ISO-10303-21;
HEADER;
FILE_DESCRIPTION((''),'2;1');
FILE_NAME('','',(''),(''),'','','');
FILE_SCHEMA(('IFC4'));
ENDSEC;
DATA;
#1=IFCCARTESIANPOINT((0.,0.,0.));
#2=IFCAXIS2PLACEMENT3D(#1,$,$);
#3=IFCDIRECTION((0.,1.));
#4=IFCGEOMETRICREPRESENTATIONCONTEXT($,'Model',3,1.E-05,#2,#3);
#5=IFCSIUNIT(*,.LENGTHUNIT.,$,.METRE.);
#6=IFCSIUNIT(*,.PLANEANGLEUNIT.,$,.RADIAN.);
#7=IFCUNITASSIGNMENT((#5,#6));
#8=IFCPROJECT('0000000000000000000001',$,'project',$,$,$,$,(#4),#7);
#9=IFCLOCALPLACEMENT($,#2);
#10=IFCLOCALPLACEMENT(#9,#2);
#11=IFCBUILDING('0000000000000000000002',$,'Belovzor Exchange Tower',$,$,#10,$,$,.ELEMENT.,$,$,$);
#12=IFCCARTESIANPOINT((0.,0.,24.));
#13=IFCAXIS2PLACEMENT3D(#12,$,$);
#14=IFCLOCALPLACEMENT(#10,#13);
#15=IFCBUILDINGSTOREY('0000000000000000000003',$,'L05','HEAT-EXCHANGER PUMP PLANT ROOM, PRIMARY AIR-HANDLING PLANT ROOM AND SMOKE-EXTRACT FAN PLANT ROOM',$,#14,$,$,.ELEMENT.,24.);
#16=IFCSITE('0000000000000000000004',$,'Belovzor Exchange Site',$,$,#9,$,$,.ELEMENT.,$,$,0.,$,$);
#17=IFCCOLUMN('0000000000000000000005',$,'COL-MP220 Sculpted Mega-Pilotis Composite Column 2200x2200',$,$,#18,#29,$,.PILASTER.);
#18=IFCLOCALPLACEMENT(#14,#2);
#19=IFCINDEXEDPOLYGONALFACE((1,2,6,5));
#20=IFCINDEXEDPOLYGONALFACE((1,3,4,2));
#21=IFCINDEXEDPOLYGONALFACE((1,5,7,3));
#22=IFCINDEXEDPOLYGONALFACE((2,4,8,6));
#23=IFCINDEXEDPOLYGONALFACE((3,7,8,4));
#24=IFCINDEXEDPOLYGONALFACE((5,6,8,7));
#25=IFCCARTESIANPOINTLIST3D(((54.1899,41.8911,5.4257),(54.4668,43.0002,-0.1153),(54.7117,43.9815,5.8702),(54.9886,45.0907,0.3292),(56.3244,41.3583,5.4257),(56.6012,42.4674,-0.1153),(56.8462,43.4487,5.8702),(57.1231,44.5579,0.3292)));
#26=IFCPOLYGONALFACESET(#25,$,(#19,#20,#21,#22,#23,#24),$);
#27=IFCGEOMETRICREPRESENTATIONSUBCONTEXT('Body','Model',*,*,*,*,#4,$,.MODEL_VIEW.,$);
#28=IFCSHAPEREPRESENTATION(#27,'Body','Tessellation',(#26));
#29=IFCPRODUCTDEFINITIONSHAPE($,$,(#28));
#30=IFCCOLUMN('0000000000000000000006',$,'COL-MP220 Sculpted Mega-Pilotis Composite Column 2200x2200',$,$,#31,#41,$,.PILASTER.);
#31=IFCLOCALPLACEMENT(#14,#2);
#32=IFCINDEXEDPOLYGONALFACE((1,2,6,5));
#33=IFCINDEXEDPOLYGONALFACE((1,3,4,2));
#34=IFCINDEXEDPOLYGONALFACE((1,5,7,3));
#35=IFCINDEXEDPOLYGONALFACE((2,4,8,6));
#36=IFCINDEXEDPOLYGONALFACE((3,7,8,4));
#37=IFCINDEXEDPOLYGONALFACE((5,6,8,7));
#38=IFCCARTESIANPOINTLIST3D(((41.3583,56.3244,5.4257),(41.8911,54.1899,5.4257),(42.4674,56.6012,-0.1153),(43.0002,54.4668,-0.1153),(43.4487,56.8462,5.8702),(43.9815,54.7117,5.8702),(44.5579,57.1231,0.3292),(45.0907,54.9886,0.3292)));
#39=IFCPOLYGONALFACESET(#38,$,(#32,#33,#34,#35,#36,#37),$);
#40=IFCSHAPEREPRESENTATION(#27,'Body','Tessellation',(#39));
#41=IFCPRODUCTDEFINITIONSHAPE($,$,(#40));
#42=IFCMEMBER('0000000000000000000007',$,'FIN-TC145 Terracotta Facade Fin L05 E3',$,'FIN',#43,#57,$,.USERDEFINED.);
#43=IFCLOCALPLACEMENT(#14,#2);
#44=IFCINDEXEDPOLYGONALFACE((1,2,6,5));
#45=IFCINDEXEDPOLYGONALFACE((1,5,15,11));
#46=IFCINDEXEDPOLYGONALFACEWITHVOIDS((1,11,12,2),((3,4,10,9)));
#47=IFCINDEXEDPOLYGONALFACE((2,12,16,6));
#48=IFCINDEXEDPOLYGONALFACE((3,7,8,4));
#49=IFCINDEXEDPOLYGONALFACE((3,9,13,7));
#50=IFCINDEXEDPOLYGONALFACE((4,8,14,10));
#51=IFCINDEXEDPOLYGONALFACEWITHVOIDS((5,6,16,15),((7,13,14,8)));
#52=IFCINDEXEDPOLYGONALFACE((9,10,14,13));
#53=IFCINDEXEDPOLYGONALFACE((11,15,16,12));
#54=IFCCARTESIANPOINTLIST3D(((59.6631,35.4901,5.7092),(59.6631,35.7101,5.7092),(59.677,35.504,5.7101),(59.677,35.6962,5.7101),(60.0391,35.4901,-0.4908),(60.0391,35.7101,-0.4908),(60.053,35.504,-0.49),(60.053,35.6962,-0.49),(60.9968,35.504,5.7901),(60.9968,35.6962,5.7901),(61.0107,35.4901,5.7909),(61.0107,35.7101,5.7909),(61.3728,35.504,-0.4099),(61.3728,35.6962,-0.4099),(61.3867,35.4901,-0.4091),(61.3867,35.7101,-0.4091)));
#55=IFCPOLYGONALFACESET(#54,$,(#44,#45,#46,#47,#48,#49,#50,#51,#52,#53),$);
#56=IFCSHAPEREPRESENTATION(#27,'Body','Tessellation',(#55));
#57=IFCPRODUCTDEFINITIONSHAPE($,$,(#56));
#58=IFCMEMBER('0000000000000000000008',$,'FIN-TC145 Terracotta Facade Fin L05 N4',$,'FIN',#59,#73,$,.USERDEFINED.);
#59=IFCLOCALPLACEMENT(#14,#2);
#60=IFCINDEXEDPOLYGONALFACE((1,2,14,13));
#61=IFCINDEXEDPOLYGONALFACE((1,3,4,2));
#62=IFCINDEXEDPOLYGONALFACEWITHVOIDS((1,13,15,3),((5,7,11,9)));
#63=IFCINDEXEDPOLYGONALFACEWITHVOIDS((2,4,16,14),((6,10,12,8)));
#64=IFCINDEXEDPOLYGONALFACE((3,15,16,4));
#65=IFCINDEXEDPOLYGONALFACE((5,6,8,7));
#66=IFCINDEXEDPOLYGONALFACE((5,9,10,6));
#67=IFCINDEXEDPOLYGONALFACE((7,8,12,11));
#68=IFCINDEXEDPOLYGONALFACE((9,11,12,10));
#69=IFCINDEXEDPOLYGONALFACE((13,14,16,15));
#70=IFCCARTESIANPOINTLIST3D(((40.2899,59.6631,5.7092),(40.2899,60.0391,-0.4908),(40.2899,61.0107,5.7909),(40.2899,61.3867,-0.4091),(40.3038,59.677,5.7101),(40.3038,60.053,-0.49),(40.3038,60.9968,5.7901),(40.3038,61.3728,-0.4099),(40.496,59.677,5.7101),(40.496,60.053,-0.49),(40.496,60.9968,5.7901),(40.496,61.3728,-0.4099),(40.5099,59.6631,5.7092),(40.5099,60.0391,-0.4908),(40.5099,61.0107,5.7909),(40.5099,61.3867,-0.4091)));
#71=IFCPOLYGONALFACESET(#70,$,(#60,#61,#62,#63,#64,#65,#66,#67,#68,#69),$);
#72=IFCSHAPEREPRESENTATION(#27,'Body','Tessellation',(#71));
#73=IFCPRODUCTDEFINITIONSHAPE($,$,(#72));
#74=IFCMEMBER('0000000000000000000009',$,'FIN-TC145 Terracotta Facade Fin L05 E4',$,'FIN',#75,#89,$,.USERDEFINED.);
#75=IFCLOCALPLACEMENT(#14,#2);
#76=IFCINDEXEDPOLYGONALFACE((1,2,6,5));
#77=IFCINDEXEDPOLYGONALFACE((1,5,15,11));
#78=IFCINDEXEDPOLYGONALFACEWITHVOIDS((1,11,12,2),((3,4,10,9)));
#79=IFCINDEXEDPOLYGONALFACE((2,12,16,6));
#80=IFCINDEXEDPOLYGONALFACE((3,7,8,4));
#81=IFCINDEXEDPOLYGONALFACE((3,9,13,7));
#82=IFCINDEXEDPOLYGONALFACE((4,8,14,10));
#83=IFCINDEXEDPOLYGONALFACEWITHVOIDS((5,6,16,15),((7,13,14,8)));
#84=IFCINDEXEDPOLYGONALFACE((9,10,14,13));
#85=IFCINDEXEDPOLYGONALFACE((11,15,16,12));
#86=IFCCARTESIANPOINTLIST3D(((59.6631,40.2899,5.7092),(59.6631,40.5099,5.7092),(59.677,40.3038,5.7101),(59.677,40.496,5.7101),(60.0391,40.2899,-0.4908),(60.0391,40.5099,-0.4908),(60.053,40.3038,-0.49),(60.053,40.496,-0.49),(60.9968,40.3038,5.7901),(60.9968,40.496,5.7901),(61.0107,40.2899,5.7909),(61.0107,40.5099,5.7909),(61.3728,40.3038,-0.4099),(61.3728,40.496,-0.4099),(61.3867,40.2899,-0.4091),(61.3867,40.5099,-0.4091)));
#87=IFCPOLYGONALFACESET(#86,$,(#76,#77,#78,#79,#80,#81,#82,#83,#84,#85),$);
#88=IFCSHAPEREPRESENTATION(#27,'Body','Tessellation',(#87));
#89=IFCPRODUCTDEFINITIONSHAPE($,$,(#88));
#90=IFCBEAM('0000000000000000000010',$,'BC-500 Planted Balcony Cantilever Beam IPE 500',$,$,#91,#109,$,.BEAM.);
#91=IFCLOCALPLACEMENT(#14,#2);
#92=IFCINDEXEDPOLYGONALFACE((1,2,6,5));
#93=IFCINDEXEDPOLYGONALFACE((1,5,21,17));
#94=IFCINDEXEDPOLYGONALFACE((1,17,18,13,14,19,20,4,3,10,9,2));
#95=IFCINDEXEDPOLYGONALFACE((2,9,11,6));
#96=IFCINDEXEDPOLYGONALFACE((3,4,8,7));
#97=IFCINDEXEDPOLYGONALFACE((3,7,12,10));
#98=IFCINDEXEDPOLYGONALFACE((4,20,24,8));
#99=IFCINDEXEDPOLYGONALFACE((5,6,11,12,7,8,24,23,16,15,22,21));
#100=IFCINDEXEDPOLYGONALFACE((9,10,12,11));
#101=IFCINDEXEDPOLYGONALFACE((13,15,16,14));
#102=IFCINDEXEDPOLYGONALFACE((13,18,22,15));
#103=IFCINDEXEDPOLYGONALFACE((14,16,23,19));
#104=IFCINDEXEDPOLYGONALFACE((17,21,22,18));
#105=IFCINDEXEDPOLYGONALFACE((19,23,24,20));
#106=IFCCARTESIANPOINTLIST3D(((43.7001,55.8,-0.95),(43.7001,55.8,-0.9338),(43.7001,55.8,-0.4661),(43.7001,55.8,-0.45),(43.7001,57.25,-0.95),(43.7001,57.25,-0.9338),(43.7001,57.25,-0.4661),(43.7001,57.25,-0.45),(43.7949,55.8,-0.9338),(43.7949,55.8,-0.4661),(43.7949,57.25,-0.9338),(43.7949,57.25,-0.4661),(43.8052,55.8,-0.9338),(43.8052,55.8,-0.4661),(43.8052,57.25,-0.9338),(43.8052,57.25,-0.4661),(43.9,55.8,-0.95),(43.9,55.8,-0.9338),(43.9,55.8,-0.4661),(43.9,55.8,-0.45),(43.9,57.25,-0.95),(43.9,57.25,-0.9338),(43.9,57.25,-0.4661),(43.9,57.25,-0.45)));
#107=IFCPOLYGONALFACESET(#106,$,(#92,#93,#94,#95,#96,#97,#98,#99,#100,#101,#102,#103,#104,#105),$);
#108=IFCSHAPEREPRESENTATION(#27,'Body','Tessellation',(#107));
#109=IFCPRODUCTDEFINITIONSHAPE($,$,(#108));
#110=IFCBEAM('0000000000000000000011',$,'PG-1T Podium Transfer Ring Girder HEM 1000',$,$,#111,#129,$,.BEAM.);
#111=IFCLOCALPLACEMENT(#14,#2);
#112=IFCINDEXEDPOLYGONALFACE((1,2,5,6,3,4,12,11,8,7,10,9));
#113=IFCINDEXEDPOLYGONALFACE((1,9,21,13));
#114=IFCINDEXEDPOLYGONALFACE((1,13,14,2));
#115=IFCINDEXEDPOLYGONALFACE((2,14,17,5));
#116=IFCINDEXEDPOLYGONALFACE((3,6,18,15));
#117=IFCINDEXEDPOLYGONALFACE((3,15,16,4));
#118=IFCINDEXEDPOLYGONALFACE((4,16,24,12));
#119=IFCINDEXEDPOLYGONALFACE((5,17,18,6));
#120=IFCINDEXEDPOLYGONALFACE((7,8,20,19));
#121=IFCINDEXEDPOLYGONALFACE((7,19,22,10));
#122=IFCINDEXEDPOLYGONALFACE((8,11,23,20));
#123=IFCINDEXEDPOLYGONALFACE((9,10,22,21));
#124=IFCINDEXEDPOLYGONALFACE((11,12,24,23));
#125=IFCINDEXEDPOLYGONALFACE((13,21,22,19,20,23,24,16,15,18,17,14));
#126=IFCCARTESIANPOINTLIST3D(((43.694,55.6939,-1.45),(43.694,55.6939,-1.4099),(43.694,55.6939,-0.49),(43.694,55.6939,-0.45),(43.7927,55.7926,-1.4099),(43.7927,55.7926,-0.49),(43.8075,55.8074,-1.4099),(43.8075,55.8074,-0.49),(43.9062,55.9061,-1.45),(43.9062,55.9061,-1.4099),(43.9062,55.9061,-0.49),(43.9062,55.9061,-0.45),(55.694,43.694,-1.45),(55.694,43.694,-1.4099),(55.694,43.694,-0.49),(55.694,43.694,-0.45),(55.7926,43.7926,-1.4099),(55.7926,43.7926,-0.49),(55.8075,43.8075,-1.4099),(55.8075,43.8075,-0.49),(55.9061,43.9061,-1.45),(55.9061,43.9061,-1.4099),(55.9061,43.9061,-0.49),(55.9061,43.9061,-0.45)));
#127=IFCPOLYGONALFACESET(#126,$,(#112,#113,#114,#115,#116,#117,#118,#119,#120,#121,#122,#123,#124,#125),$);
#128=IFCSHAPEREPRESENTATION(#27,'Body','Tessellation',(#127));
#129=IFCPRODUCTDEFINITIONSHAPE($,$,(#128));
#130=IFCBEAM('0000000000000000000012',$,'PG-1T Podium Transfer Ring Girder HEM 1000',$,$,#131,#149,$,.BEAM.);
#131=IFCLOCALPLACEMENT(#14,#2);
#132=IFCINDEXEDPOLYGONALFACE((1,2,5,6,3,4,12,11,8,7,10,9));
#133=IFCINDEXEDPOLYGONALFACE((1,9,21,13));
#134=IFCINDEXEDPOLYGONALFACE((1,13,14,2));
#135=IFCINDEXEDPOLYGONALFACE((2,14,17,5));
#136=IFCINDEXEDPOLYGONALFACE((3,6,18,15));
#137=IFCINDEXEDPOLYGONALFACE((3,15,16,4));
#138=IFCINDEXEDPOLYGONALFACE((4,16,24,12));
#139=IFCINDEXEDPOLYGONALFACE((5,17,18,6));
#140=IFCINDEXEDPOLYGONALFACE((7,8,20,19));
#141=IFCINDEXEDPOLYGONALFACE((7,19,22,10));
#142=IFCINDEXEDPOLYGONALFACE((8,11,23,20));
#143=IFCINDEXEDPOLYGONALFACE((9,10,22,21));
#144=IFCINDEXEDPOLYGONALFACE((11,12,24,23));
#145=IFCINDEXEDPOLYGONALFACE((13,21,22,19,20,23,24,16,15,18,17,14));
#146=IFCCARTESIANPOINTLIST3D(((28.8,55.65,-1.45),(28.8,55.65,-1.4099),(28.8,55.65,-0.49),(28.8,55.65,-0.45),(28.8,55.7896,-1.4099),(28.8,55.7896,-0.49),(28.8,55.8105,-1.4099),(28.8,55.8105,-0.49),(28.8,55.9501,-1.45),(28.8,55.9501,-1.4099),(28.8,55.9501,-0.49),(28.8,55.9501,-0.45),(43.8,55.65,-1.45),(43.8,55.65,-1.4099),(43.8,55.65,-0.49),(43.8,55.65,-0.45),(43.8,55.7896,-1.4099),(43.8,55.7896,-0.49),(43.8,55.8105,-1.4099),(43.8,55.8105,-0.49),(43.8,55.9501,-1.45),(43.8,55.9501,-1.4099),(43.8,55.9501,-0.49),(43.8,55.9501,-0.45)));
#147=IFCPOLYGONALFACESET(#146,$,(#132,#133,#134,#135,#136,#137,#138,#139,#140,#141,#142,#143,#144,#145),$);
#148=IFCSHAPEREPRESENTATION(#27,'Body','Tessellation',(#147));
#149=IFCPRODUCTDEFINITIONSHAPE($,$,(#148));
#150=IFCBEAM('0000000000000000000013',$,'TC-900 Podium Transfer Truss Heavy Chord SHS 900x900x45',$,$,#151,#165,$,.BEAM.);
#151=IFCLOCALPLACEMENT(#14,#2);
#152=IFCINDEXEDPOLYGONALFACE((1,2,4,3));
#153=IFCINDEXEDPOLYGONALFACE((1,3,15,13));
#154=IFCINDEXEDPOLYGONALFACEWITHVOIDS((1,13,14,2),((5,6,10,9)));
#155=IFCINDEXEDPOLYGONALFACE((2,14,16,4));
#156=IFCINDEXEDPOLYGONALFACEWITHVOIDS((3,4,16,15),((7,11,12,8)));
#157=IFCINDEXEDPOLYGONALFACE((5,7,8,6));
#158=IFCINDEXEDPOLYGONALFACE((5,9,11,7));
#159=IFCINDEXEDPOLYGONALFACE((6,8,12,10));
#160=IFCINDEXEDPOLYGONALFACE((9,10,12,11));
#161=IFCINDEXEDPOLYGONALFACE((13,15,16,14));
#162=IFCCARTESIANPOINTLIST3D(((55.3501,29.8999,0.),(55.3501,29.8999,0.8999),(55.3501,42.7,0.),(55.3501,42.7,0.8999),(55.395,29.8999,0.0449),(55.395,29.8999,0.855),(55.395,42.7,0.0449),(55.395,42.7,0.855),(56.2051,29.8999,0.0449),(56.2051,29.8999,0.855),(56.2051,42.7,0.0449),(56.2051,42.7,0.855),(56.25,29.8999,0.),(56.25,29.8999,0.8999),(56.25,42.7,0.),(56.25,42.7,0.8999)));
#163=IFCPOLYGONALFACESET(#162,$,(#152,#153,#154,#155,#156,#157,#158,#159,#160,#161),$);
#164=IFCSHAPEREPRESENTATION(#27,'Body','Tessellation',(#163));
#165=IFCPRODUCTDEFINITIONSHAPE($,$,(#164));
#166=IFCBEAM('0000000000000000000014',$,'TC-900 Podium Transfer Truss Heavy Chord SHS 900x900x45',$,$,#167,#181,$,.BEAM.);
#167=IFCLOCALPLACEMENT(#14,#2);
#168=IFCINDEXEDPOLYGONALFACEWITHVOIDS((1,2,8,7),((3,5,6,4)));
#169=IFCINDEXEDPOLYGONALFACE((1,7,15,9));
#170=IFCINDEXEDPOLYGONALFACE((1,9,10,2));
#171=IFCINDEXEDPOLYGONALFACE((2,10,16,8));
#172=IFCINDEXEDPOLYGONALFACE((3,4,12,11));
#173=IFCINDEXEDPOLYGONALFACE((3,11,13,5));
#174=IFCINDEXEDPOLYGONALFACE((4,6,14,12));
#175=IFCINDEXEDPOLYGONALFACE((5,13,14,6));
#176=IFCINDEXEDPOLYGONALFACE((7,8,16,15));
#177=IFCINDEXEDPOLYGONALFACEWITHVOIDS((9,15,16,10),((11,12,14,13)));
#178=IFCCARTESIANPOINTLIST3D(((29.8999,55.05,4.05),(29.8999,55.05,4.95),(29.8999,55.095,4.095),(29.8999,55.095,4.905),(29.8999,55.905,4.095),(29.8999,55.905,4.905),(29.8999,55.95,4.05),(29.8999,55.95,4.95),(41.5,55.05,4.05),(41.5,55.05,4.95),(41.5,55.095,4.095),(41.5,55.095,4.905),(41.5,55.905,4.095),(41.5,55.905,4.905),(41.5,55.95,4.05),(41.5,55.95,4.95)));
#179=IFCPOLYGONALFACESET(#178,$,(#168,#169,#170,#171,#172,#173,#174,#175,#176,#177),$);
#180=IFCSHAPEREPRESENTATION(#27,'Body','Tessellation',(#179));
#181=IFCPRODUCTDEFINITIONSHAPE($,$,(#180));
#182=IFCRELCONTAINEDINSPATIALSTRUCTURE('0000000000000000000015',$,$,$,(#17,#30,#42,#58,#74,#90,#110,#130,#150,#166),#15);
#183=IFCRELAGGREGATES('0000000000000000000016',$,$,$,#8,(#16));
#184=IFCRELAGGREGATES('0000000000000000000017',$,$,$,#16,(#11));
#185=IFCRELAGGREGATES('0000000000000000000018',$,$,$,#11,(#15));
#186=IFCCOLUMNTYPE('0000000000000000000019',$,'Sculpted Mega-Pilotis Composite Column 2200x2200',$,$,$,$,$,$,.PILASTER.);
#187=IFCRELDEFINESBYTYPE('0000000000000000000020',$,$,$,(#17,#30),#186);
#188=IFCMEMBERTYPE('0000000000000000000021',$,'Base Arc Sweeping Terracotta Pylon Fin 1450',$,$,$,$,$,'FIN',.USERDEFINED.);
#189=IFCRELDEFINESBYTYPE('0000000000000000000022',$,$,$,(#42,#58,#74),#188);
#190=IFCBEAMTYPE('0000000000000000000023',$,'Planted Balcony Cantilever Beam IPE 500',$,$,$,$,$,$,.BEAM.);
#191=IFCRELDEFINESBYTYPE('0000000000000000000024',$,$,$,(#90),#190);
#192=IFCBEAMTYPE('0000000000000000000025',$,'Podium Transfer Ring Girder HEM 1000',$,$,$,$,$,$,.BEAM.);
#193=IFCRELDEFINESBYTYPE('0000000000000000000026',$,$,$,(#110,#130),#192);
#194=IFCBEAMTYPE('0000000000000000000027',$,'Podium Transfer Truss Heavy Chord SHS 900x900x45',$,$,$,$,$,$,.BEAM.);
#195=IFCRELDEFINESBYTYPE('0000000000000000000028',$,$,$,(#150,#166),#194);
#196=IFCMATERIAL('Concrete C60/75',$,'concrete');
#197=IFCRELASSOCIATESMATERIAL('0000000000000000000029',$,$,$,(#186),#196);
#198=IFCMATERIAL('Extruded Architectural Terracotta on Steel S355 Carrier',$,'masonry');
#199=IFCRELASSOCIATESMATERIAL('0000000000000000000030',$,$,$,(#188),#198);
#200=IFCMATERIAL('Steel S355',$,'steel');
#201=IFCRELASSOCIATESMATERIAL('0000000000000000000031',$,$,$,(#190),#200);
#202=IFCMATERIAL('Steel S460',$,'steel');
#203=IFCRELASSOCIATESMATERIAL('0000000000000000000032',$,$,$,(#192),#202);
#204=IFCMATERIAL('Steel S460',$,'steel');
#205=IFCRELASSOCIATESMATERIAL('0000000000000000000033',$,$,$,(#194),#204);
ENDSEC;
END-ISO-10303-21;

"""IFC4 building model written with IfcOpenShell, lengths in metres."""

from ifc_helpers import new_model, si_unit, direction, frame, origin, origin_2d, place, context, subcontext, project, spatial, rectangle, hollow_rectangle, i_section, extrude, material, material_profile, profile_set, type_object, element, save


model = new_model("IFC4")

# Units and contexts
model_context = context("Model", 3, precision=1e-05, world=origin(), true_north=direction((0.0, 1.0)))
body_context = subcontext(model_context, "Body", "Model", "MODEL_VIEW")
ifc_project = project(units=[si_unit("LENGTHUNIT", "METRE"), si_unit("PLANEANGLEUNIT", "RADIAN")], contexts=[model_context])

# Site, building, storey
site_placement = place(None, origin())
site = spatial("IfcSite", under=ifc_project, at=site_placement, Name="Belovzor Exchange Site", CompositionType="ELEMENT", RefElevation=0.0)
building_placement = place(site_placement, origin())
building = spatial("IfcBuilding", under=site, at=building_placement, Name="Belovzor Exchange Tower", CompositionType="ELEMENT")
storey_placement = place(building_placement, frame((0.0, 0.0, 24.0)))
storey = spatial("IfcBuildingStorey", under=building, at=storey_placement, Name="L05", Description="HEAT-EXCHANGER PUMP PLANT ROOM, PRIMARY AIR-HANDLING PLANT ROOM AND SMOKE-EXTRACT FAN PLANT ROOM", CompositionType="ELEMENT", Elevation=24.0)

# Columns
ifc_material_1 = material(Name="Concrete C60/75", Category="concrete")
ifc_material_profile_1 = material_profile(ifc_material_1, rectangle(XDim=2.2, YDim=2.2, at=origin_2d()))
ifc_profile_set_1 = profile_set([ifc_material_profile_1], Name="Concrete C60/75")
column_type = type_object("IfcColumnType", Name="Sculpted Mega-Pilotis Composite Column 2200x2200", PredefinedType="PILASTER", material=ifc_profile_set_1)
for number, where, z_axis, x_axis, name in (
    (1, (55.7949, 43.7791, 0.1069), (-0.048934, -0.196039, 0.979374), (0.97023, -0.242184, 0.0), "COL-MP220 Sculpted Mega-Pilotis Composite Column 2200x2200"),
    (2, (43.7791, 55.7949, 0.1069), (-0.196039, -0.048934, 0.979374), (0.242184, -0.97023, 0.0), "COL-MP220 Sculpted Mega-Pilotis Composite Column 2200x2200"),
):
    element("IfcColumn", number, at=place(storey_placement, frame(where, z_axis=z_axis, x_axis=x_axis)), inside=storey, type_object=column_type, Name=name, PredefinedType="PILASTER", context=body_context, shape_type="SweptSolid", body=[
        extrude(rectangle(XDim=2.2, YDim=2.2, at=origin_2d()), origin(), (0.0, 0.0, 1.0), 5.6577),
    ])

# Members
ifc_material_2 = material(Name="Extruded Architectural Terracotta on Steel S355 Carrier", Category="masonry")
ifc_material_profile_2 = material_profile(ifc_material_2, hollow_rectangle(XDim=0.22, YDim=1.3501, WallThickness=0.0139, at=origin_2d()))
ifc_profile_set_2 = profile_set([ifc_material_profile_2], Name="Extruded Architectural Terracotta on Steel S355 Carrier")
member_type_1 = type_object("IfcMemberType", Name="Base Arc Sweeping Terracotta Pylon Fin 1450", ElementType="FIN", PredefinedType="USERDEFINED", material=ifc_profile_set_2)
for number, where, z_axis, x_axis, name in (
    (3, (60.7129, 35.6001, -0.45), (-0.060531, 0.0, 0.998166), (0.0, -1.0, 0.0), "FIN-TC145 Terracotta Facade Fin L05 E3"),
    (4, (40.3999, 60.7129, -0.45), (0.0, -0.060531, 0.998166), (1.0, 0.0, 0.0), "FIN-TC145 Terracotta Facade Fin L05 N4"),
    (5, (60.7129, 40.3999, -0.45), (-0.060531, 0.0, 0.998166), (0.0, -1.0, 0.0), "FIN-TC145 Terracotta Facade Fin L05 E4"),
):
    element("IfcMember", number, at=place(storey_placement, frame(where, z_axis=z_axis, x_axis=x_axis)), inside=storey, type_object=member_type_1, Name=name, ObjectType="FIN", PredefinedType="USERDEFINED", context=body_context, shape_type="SweptSolid", body=[
        extrude(hollow_rectangle(XDim=0.22, YDim=1.3501, WallThickness=0.0139, at=origin_2d()), origin(), (0.0, 0.0, 1.0), 6.2114),
    ])

# Beams
ifc_material_3 = material(Name="Steel S355", Category="steel")
ifc_material_profile_3 = material_profile(ifc_material_3, i_section(OverallWidth=0.2, OverallDepth=0.5, WebThickness=0.0103, FlangeThickness=0.0161, at=origin_2d()))
ifc_profile_set_3 = profile_set([ifc_material_profile_3], Name="Steel S355")
beam_type_1 = type_object("IfcBeamType", Name="Planted Balcony Cantilever Beam IPE 500", PredefinedType="BEAM", material=ifc_profile_set_3)
beam_1_placement = place(storey_placement, frame((43.8, 55.8, -0.7), z_axis=(0.0, 1.0, 0.0), x_axis=(-1.0, 0.0, 0.0)))
element("IfcBeam", 6, at=beam_1_placement, inside=storey, type_object=beam_type_1, Name="BC-500 Planted Balcony Cantilever Beam IPE 500", PredefinedType="BEAM", context=body_context, shape_type="SweptSolid", body=[
    extrude(i_section(OverallWidth=0.2, OverallDepth=0.5, WebThickness=0.0103, FlangeThickness=0.0161, at=origin_2d()), origin(), (0.0, 0.0, 1.0), 1.45),
])
ifc_material_4 = material(Name="Steel S460", Category="steel")
ifc_material_profile_4 = material_profile(ifc_material_4, i_section(OverallWidth=0.3, OverallDepth=1.0, WebThickness=0.021, FlangeThickness=0.04, at=origin_2d()))
ifc_profile_set_4 = profile_set([ifc_material_profile_4], Name="Steel S460")
beam_type_2 = type_object("IfcBeamType", Name="Podium Transfer Ring Girder HEM 1000", PredefinedType="BEAM", material=ifc_profile_set_4)
beam_2_placement = place(storey_placement, frame((55.8, 43.8, -0.95), z_axis=(-0.707107, 0.707107, 0.0), x_axis=(-0.707107, -0.707107, 0.0)))
element("IfcBeam", 7, at=beam_2_placement, inside=storey, type_object=beam_type_2, Name="PG-1T Podium Transfer Ring Girder HEM 1000", PredefinedType="BEAM", context=body_context, shape_type="SweptSolid", body=[
    extrude(i_section(OverallWidth=0.3, OverallDepth=1.0, WebThickness=0.021, FlangeThickness=0.04, at=origin_2d()), origin(), (0.0, 0.0, 1.0), 16.9705),
])
beam_3_placement = place(storey_placement, frame((43.8, 55.8, -0.95), z_axis=(-1.0, 0.0, 0.0), x_axis=(0.0, -1.0, 0.0)))
element("IfcBeam", 8, at=beam_3_placement, inside=storey, type_object=beam_type_2, Name="PG-1T Podium Transfer Ring Girder HEM 1000", PredefinedType="BEAM", context=body_context, shape_type="SweptSolid", body=[
    extrude(i_section(OverallWidth=0.3, OverallDepth=1.0, WebThickness=0.021, FlangeThickness=0.04, at=origin_2d()), origin(), (0.0, 0.0, 1.0), 15.0),
])
ifc_material_5 = material(Name="Steel S460", Category="steel")
ifc_material_profile_5 = material_profile(ifc_material_5, hollow_rectangle(XDim=0.8999, YDim=0.8999, WallThickness=0.0449, at=origin_2d()))
ifc_profile_set_5 = profile_set([ifc_material_profile_5], Name="Steel S460")
beam_type_3 = type_object("IfcBeamType", Name="Podium Transfer Truss Heavy Chord SHS 900x900x45", PredefinedType="BEAM", material=ifc_profile_set_5)
beam_4_placement = place(storey_placement, frame((55.8, 29.8999, 0.45), z_axis=(0.0, 1.0, 0.0), x_axis=(-1.0, 0.0, 0.0)))
element("IfcBeam", 9, at=beam_4_placement, inside=storey, type_object=beam_type_3, Name="TC-900 Podium Transfer Truss Heavy Chord SHS 900x900x45", PredefinedType="BEAM", context=body_context, shape_type="SweptSolid", body=[
    extrude(hollow_rectangle(XDim=0.8999, YDim=0.8999, WallThickness=0.0449, at=origin_2d()), origin(), (0.0, 0.0, 1.0), 12.8),
])
beam_5_placement = place(storey_placement, frame((41.5, 55.5, 4.5), z_axis=(-1.0, 0.0, 0.0), x_axis=(0.0, -1.0, 0.0)))
element("IfcBeam", 10, at=beam_5_placement, inside=storey, type_object=beam_type_3, Name="TC-900 Podium Transfer Truss Heavy Chord SHS 900x900x45", PredefinedType="BEAM", context=body_context, shape_type="SweptSolid", body=[
    extrude(hollow_rectangle(XDim=0.8999, YDim=0.8999, WallThickness=0.0449, at=origin_2d()), origin(), (0.0, 0.0, 1.0), 11.6001),
])

save(model, "model.ifc")
